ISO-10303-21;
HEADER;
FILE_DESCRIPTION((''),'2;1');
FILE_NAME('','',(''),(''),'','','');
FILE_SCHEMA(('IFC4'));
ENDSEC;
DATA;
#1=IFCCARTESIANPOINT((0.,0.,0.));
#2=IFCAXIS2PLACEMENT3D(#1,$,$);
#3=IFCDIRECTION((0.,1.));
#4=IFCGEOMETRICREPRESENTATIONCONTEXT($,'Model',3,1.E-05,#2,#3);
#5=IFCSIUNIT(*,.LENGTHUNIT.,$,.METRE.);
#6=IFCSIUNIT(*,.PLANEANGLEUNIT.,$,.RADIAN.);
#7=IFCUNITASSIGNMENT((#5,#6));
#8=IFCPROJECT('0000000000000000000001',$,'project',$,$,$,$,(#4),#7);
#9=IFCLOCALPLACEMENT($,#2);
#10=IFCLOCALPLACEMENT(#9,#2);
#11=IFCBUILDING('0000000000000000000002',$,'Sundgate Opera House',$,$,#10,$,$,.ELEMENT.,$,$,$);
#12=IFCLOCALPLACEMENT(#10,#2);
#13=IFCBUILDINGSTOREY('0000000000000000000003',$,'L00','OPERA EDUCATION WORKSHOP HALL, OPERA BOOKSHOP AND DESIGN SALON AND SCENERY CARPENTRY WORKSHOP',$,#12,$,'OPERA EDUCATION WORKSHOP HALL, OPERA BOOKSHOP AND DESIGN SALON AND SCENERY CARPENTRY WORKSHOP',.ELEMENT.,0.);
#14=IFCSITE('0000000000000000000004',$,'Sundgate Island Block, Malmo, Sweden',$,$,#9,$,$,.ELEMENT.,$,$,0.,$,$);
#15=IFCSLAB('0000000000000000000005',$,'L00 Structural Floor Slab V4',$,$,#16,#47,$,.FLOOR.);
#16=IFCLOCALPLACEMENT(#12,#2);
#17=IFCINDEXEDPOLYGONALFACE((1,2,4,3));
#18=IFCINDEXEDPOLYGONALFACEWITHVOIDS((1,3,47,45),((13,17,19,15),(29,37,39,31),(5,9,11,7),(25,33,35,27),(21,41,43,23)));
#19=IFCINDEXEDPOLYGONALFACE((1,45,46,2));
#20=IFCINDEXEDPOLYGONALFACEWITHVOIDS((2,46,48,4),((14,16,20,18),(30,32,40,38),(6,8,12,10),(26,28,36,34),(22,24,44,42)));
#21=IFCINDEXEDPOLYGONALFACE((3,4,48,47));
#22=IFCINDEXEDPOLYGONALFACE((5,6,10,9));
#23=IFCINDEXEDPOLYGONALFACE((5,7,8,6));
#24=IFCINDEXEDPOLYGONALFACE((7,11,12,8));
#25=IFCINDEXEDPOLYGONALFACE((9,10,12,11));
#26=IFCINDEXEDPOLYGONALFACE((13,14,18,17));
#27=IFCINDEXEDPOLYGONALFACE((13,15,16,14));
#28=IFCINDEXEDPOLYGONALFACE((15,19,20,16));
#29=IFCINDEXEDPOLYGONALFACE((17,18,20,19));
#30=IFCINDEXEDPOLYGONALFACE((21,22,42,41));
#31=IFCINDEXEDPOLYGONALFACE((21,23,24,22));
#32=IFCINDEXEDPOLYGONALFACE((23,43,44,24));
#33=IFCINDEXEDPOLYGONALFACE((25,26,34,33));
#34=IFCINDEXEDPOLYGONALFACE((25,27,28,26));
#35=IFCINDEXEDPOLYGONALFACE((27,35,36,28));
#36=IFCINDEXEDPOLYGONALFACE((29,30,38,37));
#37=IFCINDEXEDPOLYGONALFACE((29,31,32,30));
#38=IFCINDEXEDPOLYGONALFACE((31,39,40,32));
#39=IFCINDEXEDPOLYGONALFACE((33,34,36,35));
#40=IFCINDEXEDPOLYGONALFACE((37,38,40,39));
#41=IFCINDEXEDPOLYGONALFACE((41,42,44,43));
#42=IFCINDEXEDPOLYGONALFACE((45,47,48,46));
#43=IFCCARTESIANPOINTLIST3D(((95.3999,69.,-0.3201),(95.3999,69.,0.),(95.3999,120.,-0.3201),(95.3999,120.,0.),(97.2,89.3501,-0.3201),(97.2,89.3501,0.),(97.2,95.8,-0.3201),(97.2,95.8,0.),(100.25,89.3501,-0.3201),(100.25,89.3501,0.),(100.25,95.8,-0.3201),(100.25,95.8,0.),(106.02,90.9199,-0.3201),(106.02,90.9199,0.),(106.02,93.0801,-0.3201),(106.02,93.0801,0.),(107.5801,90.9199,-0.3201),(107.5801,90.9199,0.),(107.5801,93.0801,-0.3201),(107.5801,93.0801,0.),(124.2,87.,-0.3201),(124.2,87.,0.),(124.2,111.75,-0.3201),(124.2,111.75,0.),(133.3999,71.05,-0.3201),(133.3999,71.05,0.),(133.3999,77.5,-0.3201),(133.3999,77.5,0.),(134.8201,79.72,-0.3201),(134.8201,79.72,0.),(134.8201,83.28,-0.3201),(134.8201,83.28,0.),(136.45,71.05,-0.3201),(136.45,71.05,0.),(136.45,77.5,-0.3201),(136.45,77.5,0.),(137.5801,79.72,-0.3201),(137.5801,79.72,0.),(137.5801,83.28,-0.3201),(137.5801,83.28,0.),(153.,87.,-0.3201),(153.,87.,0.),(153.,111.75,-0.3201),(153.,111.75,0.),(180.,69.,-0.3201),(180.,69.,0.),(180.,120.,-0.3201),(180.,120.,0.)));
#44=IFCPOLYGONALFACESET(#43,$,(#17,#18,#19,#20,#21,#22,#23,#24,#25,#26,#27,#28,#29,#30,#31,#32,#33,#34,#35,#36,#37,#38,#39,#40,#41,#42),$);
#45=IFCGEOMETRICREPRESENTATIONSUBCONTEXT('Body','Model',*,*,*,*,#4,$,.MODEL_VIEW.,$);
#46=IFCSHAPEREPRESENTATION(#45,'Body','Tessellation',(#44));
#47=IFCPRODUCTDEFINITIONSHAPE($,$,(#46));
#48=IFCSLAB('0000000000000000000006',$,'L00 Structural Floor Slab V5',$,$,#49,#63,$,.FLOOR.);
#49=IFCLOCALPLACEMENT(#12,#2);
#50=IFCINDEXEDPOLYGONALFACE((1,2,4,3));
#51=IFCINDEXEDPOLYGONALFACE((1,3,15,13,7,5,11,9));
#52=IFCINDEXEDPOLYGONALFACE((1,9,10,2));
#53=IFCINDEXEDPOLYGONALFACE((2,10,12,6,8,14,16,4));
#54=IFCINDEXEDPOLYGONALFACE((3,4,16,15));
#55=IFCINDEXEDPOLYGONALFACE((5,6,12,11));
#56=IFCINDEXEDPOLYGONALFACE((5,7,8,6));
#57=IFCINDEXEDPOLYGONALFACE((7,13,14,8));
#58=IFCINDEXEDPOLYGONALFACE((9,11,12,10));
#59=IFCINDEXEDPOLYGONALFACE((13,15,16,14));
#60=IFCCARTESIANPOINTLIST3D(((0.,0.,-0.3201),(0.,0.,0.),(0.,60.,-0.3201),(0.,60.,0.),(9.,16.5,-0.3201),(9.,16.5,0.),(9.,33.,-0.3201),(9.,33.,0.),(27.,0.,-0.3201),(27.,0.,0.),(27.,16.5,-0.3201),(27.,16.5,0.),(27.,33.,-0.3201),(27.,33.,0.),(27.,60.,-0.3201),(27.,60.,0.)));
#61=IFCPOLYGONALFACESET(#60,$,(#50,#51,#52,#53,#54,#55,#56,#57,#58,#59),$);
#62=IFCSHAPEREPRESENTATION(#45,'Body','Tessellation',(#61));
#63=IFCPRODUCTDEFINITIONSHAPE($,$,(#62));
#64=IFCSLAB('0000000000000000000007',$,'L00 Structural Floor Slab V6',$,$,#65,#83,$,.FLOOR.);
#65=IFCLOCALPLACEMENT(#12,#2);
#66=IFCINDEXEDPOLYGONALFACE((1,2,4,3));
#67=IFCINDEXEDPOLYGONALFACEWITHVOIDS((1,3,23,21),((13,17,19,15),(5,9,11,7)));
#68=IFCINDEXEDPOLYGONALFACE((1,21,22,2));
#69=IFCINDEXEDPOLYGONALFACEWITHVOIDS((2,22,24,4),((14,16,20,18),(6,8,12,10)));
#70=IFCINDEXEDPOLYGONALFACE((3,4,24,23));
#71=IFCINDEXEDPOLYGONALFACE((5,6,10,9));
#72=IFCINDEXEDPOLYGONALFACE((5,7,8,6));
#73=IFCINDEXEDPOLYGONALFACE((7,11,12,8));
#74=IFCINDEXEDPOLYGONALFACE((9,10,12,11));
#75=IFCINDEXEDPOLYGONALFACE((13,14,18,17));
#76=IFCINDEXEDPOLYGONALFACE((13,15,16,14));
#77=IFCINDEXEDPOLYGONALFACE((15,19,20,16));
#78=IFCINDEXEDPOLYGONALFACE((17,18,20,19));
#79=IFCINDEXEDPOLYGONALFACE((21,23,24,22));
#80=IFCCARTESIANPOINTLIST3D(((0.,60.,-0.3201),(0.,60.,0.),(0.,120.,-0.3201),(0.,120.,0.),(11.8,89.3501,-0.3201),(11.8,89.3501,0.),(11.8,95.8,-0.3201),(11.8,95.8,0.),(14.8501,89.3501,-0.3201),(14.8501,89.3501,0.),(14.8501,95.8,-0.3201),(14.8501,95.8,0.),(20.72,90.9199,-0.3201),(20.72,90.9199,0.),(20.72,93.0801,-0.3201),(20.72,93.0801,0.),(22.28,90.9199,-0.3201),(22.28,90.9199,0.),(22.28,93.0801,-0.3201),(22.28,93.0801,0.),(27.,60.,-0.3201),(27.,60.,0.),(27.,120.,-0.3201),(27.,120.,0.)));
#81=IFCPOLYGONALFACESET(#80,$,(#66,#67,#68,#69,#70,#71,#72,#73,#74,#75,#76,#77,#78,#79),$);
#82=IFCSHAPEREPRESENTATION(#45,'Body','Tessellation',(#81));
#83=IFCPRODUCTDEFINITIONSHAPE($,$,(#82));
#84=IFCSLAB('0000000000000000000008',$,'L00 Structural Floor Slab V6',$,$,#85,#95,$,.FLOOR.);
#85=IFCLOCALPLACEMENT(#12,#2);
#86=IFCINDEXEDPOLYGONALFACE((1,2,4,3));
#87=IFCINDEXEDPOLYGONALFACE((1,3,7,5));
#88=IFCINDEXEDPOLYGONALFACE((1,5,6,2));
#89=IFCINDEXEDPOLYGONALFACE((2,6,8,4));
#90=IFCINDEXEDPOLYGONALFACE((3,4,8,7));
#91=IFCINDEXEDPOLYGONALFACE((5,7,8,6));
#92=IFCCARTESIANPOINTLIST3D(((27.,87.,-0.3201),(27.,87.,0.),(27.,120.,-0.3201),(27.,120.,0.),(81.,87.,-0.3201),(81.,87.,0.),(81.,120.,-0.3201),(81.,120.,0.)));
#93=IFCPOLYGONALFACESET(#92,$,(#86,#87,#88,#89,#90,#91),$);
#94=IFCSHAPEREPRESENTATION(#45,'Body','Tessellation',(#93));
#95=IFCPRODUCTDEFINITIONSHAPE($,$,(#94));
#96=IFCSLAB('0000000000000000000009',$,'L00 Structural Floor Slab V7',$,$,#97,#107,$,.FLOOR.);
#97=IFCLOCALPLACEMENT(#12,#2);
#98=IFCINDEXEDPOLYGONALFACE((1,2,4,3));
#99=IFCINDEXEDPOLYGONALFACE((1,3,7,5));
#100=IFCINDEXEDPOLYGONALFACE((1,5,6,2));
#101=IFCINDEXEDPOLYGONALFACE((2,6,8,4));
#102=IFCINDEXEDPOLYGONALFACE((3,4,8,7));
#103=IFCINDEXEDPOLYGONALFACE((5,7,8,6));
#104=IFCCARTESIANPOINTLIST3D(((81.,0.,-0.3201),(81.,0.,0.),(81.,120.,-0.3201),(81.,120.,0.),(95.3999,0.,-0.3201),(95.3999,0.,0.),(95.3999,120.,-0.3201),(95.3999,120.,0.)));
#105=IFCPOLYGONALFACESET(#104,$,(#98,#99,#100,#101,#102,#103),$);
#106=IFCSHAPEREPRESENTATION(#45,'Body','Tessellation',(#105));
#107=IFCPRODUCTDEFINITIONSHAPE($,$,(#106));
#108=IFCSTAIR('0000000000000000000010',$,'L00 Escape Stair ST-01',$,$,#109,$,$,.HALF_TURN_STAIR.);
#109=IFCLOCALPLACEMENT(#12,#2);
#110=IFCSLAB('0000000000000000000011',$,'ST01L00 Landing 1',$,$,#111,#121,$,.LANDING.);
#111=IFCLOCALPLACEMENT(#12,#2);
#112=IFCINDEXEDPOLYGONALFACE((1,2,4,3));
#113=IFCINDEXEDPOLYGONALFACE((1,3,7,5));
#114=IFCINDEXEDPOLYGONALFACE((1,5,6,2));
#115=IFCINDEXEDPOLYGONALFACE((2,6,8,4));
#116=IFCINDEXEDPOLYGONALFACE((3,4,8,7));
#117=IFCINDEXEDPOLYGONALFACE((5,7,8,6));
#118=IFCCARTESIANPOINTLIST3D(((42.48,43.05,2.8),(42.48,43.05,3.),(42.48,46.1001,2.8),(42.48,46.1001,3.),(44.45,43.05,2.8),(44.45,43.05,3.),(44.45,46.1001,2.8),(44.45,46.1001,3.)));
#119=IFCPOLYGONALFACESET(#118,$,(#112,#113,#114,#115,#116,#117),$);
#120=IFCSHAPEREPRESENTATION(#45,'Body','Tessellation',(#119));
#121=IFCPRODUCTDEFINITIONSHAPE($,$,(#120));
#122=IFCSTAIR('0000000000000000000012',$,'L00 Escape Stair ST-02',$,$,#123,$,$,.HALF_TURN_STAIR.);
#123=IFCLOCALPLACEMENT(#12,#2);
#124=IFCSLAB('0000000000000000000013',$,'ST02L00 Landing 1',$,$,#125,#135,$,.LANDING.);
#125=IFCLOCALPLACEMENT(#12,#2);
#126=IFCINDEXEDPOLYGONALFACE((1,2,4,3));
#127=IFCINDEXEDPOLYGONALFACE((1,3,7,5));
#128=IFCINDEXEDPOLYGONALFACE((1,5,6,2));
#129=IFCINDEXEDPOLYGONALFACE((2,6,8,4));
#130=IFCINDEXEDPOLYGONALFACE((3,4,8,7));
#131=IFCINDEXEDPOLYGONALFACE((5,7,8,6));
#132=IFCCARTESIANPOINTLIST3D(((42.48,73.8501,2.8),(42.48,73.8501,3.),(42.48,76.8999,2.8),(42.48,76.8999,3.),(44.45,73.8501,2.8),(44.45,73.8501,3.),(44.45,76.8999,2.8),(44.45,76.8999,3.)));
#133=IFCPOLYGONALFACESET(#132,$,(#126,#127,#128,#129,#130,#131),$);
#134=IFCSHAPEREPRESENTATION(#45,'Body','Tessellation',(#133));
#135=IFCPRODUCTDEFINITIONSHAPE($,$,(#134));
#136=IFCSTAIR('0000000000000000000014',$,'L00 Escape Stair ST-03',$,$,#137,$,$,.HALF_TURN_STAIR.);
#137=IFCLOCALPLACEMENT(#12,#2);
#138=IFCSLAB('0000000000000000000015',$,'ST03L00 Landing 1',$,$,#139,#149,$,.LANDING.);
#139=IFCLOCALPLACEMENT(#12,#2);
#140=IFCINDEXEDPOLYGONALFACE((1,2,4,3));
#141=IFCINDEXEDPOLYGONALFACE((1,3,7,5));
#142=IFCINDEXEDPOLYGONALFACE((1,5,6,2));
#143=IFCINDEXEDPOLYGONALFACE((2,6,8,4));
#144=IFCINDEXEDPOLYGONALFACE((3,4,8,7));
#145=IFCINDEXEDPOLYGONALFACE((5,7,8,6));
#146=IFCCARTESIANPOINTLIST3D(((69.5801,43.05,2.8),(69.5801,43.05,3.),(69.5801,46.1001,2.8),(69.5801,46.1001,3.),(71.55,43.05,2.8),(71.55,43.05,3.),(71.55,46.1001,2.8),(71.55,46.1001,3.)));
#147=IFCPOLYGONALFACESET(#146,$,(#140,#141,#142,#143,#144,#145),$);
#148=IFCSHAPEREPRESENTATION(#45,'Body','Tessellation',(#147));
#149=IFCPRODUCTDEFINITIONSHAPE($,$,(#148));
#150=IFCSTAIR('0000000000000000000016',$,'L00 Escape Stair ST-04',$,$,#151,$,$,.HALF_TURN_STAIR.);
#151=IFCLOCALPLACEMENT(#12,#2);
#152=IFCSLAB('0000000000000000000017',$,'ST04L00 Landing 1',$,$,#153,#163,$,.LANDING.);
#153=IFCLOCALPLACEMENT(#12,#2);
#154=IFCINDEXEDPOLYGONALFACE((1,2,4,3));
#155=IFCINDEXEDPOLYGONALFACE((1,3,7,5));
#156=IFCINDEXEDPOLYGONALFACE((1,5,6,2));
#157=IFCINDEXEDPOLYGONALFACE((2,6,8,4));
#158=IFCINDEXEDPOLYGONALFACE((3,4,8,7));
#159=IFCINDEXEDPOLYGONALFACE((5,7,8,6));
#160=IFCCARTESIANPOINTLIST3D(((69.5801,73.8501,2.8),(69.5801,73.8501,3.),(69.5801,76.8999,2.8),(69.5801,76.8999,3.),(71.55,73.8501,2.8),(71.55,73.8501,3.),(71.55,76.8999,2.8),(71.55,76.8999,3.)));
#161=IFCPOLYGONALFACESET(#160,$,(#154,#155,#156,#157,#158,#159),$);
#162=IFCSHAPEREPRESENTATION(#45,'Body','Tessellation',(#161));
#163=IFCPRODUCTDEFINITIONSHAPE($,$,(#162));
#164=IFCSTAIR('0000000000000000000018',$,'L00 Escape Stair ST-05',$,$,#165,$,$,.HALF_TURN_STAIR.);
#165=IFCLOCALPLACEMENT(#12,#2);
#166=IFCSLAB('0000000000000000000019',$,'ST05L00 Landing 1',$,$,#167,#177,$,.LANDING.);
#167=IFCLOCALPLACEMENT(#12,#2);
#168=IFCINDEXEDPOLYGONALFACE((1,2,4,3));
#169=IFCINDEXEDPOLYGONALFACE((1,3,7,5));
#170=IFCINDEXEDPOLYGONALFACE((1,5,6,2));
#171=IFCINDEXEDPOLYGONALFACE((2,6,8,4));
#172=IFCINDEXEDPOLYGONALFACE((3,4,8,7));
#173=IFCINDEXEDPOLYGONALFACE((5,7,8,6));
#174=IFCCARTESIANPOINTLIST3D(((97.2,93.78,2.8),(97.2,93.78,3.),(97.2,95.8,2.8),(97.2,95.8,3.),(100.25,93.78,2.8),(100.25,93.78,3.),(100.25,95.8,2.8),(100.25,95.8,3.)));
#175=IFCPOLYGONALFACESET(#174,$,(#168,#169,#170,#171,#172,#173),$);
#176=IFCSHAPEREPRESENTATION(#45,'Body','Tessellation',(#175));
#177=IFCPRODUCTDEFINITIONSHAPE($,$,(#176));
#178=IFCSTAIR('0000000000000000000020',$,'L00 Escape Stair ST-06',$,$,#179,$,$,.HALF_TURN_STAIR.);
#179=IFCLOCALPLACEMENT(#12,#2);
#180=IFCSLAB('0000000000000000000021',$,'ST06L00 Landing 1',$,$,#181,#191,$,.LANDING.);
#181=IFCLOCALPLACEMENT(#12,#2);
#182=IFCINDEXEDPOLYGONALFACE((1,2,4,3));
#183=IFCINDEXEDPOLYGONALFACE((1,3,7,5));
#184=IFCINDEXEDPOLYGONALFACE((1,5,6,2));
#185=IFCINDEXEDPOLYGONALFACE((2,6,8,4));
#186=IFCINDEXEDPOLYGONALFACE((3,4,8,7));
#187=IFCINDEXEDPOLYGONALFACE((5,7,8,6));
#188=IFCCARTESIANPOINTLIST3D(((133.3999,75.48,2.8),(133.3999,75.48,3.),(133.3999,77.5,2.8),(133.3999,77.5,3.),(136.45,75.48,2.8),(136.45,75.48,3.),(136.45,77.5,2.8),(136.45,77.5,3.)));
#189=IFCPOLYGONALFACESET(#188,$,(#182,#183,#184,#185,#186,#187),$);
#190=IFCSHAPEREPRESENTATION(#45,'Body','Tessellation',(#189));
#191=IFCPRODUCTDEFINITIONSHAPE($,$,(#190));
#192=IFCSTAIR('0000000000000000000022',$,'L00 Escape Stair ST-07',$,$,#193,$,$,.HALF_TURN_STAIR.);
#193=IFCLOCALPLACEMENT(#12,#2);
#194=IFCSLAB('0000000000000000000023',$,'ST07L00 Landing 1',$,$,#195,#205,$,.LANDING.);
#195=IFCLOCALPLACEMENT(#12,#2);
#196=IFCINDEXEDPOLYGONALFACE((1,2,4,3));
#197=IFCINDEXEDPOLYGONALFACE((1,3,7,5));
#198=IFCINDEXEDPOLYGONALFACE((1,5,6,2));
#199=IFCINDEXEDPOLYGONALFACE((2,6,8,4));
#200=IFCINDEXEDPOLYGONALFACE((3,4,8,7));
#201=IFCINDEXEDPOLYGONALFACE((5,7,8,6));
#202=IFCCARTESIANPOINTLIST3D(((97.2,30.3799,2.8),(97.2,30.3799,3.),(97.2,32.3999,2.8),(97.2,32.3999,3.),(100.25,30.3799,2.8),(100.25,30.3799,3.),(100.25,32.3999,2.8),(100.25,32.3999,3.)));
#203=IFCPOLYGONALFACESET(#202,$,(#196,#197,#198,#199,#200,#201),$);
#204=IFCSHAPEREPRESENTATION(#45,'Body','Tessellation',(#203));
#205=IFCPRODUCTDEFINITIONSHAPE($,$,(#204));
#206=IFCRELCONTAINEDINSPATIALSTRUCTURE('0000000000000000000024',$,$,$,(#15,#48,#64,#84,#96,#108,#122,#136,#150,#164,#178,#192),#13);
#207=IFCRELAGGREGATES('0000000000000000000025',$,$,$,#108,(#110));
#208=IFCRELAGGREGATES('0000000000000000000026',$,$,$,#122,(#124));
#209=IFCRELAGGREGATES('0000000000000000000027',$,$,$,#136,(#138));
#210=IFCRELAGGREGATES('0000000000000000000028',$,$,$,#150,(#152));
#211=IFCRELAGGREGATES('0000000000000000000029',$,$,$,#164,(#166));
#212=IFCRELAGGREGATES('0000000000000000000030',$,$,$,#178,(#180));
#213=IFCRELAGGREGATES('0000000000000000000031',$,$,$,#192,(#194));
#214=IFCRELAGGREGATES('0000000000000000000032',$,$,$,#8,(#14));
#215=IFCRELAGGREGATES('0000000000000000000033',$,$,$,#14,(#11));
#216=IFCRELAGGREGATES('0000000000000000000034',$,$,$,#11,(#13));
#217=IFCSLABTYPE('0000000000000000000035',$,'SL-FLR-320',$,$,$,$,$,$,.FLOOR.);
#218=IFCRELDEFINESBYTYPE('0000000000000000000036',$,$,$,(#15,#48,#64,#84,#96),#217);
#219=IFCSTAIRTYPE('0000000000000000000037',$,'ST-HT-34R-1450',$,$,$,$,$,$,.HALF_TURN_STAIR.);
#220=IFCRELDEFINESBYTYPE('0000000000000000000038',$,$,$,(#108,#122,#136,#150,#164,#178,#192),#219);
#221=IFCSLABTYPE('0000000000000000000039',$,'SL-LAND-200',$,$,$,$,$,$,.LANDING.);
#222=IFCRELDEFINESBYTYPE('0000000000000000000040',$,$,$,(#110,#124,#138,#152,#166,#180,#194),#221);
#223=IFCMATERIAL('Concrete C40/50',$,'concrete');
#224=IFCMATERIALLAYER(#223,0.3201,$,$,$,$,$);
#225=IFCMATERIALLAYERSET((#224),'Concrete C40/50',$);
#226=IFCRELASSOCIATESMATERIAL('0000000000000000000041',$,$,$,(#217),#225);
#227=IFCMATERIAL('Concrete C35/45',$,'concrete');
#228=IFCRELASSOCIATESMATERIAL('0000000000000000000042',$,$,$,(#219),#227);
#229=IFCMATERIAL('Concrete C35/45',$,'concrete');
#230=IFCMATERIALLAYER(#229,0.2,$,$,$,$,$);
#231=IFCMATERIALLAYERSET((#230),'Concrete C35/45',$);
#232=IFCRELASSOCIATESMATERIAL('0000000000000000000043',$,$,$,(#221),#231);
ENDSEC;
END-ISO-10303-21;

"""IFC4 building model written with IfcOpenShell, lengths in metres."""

from ifc_helpers import new_model, si_unit, direction, frame, origin, place, context, subcontext, project, spatial, polyline, outline, extrude, material, layer, layer_set, type_object, element, aggregate, save


model = new_model("IFC4")

# Units and contexts
model_context = context("Model", 3, precision=1e-05, world=origin(), true_north=direction((0.0, 1.0)))
body_context = subcontext(model_context, "Body", "Model", "MODEL_VIEW")
ifc_project = project(units=[si_unit("LENGTHUNIT", "METRE"), si_unit("PLANEANGLEUNIT", "RADIAN")], contexts=[model_context])

# Site, building, storey
site_placement = place(None, origin())
site = spatial("IfcSite", under=ifc_project, at=site_placement, Name="Sundgate Island Block, Malmo, Sweden", CompositionType="ELEMENT", RefElevation=0.0)
building_placement = place(site_placement, origin())
building = spatial("IfcBuilding", under=site, at=building_placement, Name="Sundgate Opera House", CompositionType="ELEMENT")
storey_placement = place(building_placement, origin())
storey = spatial("IfcBuildingStorey", under=building, at=storey_placement, Name="L00", Description="OPERA EDUCATION WORKSHOP HALL, OPERA BOOKSHOP AND DESIGN SALON AND SCENERY CARPENTRY WORKSHOP", LongName="OPERA EDUCATION WORKSHOP HALL, OPERA BOOKSHOP AND DESIGN SALON AND SCENERY CARPENTRY WORKSHOP", CompositionType="ELEMENT", Elevation=0.0)

# Slabs
ifc_material_1 = material(Name="Concrete C40/50", Category="concrete")
ifc_layer_1 = layer(ifc_material_1, 0.3201)
ifc_layer_set_1 = layer_set([ifc_layer_1], Name="Concrete C40/50")
slab_type_1 = type_object("IfcSlabType", Name="SL-FLR-320", PredefinedType="FLOOR", material=ifc_layer_set_1)
slab_1_placement = place(storey_placement, frame((0.0, 0.0, -0.3201)))
element("IfcSlab", 1, at=slab_1_placement, inside=storey, type_object=slab_type_1, Name="L00 Structural Floor Slab V4", PredefinedType="FLOOR", context=body_context, shape_type="SweptSolid", body=[
    extrude(outline(polyline([(95.3999, 69.0), (180.0, 69.0), (180.0, 120.0), (95.3999, 120.0), (95.3999, 69.0)]), holes=[polyline([(124.2, 111.75), (153.0, 111.75), (153.0, 87.0), (124.2, 87.0), (124.2, 111.75)]), polyline([(97.2, 95.8), (100.25, 95.8), (100.25, 89.3501), (97.2, 89.3501), (97.2, 95.8)]), polyline([(133.3999, 77.5), (136.45, 77.5), (136.45, 71.05), (133.3999, 71.05), (133.3999, 77.5)]), polyline([(106.02, 93.0801), (107.5801, 93.0801), (107.5801, 90.9199), (106.02, 90.9199), (106.02, 93.0801)]), polyline([(134.8201, 83.28), (137.5801, 83.28), (137.5801, 79.72), (134.8201, 79.72), (134.8201, 83.28)])]), origin(), (0.0, 0.0, 1.0), 0.3201),
])
slab_2_placement = place(storey_placement, frame((0.0, 0.0, -0.3201)))
element("IfcSlab", 2, at=slab_2_placement, inside=storey, type_object=slab_type_1, Name="L00 Structural Floor Slab V5", PredefinedType="FLOOR", context=body_context, shape_type="SweptSolid", body=[
    extrude(outline(polyline([(0.0, 0.0), (27.0, 0.0), (27.0, 16.5), (9.0, 16.5), (9.0, 33.0), (27.0, 33.0), (27.0, 60.0), (0.0, 60.0), (0.0, 0.0)])), origin(), (0.0, 0.0, 1.0), 0.3201),
])
slab_3_placement = place(storey_placement, frame((0.0, 0.0, -0.3201)))
element("IfcSlab", 3, at=slab_3_placement, inside=storey, type_object=slab_type_1, Name="L00 Structural Floor Slab V6", PredefinedType="FLOOR", context=body_context, shape_type="SweptSolid", body=[
    extrude(outline(polyline([(0.0, 60.0), (27.0, 60.0), (27.0, 120.0), (0.0, 120.0), (0.0, 60.0)]), holes=[polyline([(11.8, 95.8), (14.8501, 95.8), (14.8501, 89.3501), (11.8, 89.3501), (11.8, 95.8)]), polyline([(20.72, 93.0801), (22.28, 93.0801), (22.28, 90.9199), (20.72, 90.9199), (20.72, 93.0801)])]), origin(), (0.0, 0.0, 1.0), 0.3201),
])
slab_4_placement = place(storey_placement, frame((0.0, 0.0, -0.3201)))
element("IfcSlab", 4, at=slab_4_placement, inside=storey, type_object=slab_type_1, Name="L00 Structural Floor Slab V6", PredefinedType="FLOOR", context=body_context, shape_type="SweptSolid", body=[
    extrude(outline(polyline([(27.0, 87.0), (81.0, 87.0), (81.0, 120.0), (27.0, 120.0), (27.0, 87.0)])), origin(), (0.0, 0.0, 1.0), 0.3201),
])
slab_5_placement = place(storey_placement, frame((0.0, 0.0, -0.3201)))
element("IfcSlab", 5, at=slab_5_placement, inside=storey, type_object=slab_type_1, Name="L00 Structural Floor Slab V7", PredefinedType="FLOOR", context=body_context, shape_type="SweptSolid", body=[
    extrude(outline(polyline([(81.0, 0.0), (95.3999, 0.0), (95.3999, 120.0), (81.0, 120.0), (81.0, 0.0)])), origin(), (0.0, 0.0, 1.0), 0.3201),
])

# Stairs, slabs
ifc_material_2 = material(Name="Concrete C35/45", Category="concrete")
stair_type_1 = type_object("IfcStairType", Name="ST-HT-34R-1450", PredefinedType="HALF_TURN_STAIR", material=ifc_material_2)
stair_1_placement = place(storey_placement, origin())
stair_1 = element("IfcStair", 6, at=stair_1_placement, inside=storey, type_object=stair_type_1, Name="L00 Escape Stair ST-01", PredefinedType="HALF_TURN_STAIR")
ifc_material_3 = material(Name="Concrete C35/45", Category="concrete")
ifc_layer_2 = layer(ifc_material_3, 0.2)
ifc_layer_set_2 = layer_set([ifc_layer_2], Name="Concrete C35/45")
slab_type_2 = type_object("IfcSlabType", Name="SL-LAND-200", PredefinedType="LANDING", material=ifc_layer_set_2)
slab_6_placement = place(storey_placement, frame((0.0, 0.0, 2.8)))
slab_6 = element("IfcSlab", 7, at=slab_6_placement, type_object=slab_type_2, Name="ST01L00 Landing 1", PredefinedType="LANDING", context=body_context, shape_type="SweptSolid", body=[
    extrude(outline(polyline([(42.48, 43.05), (44.45, 43.05), (44.45, 46.1001), (42.48, 46.1001), (42.48, 43.05)])), origin(), (0.0, 0.0, 1.0), 0.2),
])
aggregate(stair_1, [slab_6])
stair_2_placement = place(storey_placement, origin())
stair_2 = element("IfcStair", 8, at=stair_2_placement, inside=storey, type_object=stair_type_1, Name="L00 Escape Stair ST-02", PredefinedType="HALF_TURN_STAIR")
slab_7_placement = place(storey_placement, frame((0.0, 0.0, 2.8)))
slab_7 = element("IfcSlab", 9, at=slab_7_placement, type_object=slab_type_2, Name="ST02L00 Landing 1", PredefinedType="LANDING", context=body_context, shape_type="SweptSolid", body=[
    extrude(outline(polyline([(42.48, 73.8501), (44.45, 73.8501), (44.45, 76.8999), (42.48, 76.8999), (42.48, 73.8501)])), origin(), (0.0, 0.0, 1.0), 0.2),
])
aggregate(stair_2, [slab_7])
stair_3_placement = place(storey_placement, origin())
stair_3 = element("IfcStair", 10, at=stair_3_placement, inside=storey, type_object=stair_type_1, Name="L00 Escape Stair ST-03", PredefinedType="HALF_TURN_STAIR")
slab_8_placement = place(storey_placement, frame((0.0, 0.0, 2.8)))
slab_8 = element("IfcSlab", 11, at=slab_8_placement, type_object=slab_type_2, Name="ST03L00 Landing 1", PredefinedType="LANDING", context=body_context, shape_type="SweptSolid", body=[
    extrude(outline(polyline([(69.5801, 43.05), (71.55, 43.05), (71.55, 46.1001), (69.5801, 46.1001), (69.5801, 43.05)])), origin(), (0.0, 0.0, 1.0), 0.2),
])
aggregate(stair_3, [slab_8])
stair_4_placement = place(storey_placement, origin())
stair_4 = element("IfcStair", 12, at=stair_4_placement, inside=storey, type_object=stair_type_1, Name="L00 Escape Stair ST-04", PredefinedType="HALF_TURN_STAIR")
slab_9_placement = place(storey_placement, frame((0.0, 0.0, 2.8)))
slab_9 = element("IfcSlab", 13, at=slab_9_placement, type_object=slab_type_2, Name="ST04L00 Landing 1", PredefinedType="LANDING", context=body_context, shape_type="SweptSolid", body=[
    extrude(outline(polyline([(69.5801, 73.8501), (71.55, 73.8501), (71.55, 76.8999), (69.5801, 76.8999), (69.5801, 73.8501)])), origin(), (0.0, 0.0, 1.0), 0.2),
])
aggregate(stair_4, [slab_9])
stair_5_placement = place(storey_placement, origin())
stair_5 = element("IfcStair", 14, at=stair_5_placement, inside=storey, type_object=stair_type_1, Name="L00 Escape Stair ST-05", PredefinedType="HALF_TURN_STAIR")
slab_10_placement = place(storey_placement, frame((0.0, 0.0, 2.8)))
slab_10 = element("IfcSlab", 15, at=slab_10_placement, type_object=slab_type_2, Name="ST05L00 Landing 1", PredefinedType="LANDING", context=body_context, shape_type="SweptSolid", body=[
    extrude(outline(polyline([(100.25, 93.78), (100.25, 95.8), (97.2, 95.8), (97.2, 93.78), (100.25, 93.78)])), origin(), (0.0, 0.0, 1.0), 0.2),
])
aggregate(stair_5, [slab_10])
stair_6_placement = place(storey_placement, origin())
stair_6 = element("IfcStair", 16, at=stair_6_placement, inside=storey, type_object=stair_type_1, Name="L00 Escape Stair ST-06", PredefinedType="HALF_TURN_STAIR")
slab_11_placement = place(storey_placement, frame((0.0, 0.0, 2.8)))
slab_11 = element("IfcSlab", 17, at=slab_11_placement, type_object=slab_type_2, Name="ST06L00 Landing 1", PredefinedType="LANDING", context=body_context, shape_type="SweptSolid", body=[
    extrude(outline(polyline([(136.45, 75.48), (136.45, 77.5), (133.3999, 77.5), (133.3999, 75.48), (136.45, 75.48)])), origin(), (0.0, 0.0, 1.0), 0.2),
])
aggregate(stair_6, [slab_11])
stair_7_placement = place(storey_placement, origin())
stair_7 = element("IfcStair", 18, at=stair_7_placement, inside=storey, type_object=stair_type_1, Name="L00 Escape Stair ST-07", PredefinedType="HALF_TURN_STAIR")
slab_12_placement = place(storey_placement, frame((0.0, 0.0, 2.8)))
slab_12 = element("IfcSlab", 19, at=slab_12_placement, type_object=slab_type_2, Name="ST07L00 Landing 1", PredefinedType="LANDING", context=body_context, shape_type="SweptSolid", body=[
    extrude(outline(polyline([(100.25, 30.3799), (100.25, 32.3999), (97.2, 32.3999), (97.2, 30.3799), (100.25, 30.3799)])), origin(), (0.0, 0.0, 1.0), 0.2),
])
aggregate(stair_7, [slab_12])

save(model, "model.ifc")
